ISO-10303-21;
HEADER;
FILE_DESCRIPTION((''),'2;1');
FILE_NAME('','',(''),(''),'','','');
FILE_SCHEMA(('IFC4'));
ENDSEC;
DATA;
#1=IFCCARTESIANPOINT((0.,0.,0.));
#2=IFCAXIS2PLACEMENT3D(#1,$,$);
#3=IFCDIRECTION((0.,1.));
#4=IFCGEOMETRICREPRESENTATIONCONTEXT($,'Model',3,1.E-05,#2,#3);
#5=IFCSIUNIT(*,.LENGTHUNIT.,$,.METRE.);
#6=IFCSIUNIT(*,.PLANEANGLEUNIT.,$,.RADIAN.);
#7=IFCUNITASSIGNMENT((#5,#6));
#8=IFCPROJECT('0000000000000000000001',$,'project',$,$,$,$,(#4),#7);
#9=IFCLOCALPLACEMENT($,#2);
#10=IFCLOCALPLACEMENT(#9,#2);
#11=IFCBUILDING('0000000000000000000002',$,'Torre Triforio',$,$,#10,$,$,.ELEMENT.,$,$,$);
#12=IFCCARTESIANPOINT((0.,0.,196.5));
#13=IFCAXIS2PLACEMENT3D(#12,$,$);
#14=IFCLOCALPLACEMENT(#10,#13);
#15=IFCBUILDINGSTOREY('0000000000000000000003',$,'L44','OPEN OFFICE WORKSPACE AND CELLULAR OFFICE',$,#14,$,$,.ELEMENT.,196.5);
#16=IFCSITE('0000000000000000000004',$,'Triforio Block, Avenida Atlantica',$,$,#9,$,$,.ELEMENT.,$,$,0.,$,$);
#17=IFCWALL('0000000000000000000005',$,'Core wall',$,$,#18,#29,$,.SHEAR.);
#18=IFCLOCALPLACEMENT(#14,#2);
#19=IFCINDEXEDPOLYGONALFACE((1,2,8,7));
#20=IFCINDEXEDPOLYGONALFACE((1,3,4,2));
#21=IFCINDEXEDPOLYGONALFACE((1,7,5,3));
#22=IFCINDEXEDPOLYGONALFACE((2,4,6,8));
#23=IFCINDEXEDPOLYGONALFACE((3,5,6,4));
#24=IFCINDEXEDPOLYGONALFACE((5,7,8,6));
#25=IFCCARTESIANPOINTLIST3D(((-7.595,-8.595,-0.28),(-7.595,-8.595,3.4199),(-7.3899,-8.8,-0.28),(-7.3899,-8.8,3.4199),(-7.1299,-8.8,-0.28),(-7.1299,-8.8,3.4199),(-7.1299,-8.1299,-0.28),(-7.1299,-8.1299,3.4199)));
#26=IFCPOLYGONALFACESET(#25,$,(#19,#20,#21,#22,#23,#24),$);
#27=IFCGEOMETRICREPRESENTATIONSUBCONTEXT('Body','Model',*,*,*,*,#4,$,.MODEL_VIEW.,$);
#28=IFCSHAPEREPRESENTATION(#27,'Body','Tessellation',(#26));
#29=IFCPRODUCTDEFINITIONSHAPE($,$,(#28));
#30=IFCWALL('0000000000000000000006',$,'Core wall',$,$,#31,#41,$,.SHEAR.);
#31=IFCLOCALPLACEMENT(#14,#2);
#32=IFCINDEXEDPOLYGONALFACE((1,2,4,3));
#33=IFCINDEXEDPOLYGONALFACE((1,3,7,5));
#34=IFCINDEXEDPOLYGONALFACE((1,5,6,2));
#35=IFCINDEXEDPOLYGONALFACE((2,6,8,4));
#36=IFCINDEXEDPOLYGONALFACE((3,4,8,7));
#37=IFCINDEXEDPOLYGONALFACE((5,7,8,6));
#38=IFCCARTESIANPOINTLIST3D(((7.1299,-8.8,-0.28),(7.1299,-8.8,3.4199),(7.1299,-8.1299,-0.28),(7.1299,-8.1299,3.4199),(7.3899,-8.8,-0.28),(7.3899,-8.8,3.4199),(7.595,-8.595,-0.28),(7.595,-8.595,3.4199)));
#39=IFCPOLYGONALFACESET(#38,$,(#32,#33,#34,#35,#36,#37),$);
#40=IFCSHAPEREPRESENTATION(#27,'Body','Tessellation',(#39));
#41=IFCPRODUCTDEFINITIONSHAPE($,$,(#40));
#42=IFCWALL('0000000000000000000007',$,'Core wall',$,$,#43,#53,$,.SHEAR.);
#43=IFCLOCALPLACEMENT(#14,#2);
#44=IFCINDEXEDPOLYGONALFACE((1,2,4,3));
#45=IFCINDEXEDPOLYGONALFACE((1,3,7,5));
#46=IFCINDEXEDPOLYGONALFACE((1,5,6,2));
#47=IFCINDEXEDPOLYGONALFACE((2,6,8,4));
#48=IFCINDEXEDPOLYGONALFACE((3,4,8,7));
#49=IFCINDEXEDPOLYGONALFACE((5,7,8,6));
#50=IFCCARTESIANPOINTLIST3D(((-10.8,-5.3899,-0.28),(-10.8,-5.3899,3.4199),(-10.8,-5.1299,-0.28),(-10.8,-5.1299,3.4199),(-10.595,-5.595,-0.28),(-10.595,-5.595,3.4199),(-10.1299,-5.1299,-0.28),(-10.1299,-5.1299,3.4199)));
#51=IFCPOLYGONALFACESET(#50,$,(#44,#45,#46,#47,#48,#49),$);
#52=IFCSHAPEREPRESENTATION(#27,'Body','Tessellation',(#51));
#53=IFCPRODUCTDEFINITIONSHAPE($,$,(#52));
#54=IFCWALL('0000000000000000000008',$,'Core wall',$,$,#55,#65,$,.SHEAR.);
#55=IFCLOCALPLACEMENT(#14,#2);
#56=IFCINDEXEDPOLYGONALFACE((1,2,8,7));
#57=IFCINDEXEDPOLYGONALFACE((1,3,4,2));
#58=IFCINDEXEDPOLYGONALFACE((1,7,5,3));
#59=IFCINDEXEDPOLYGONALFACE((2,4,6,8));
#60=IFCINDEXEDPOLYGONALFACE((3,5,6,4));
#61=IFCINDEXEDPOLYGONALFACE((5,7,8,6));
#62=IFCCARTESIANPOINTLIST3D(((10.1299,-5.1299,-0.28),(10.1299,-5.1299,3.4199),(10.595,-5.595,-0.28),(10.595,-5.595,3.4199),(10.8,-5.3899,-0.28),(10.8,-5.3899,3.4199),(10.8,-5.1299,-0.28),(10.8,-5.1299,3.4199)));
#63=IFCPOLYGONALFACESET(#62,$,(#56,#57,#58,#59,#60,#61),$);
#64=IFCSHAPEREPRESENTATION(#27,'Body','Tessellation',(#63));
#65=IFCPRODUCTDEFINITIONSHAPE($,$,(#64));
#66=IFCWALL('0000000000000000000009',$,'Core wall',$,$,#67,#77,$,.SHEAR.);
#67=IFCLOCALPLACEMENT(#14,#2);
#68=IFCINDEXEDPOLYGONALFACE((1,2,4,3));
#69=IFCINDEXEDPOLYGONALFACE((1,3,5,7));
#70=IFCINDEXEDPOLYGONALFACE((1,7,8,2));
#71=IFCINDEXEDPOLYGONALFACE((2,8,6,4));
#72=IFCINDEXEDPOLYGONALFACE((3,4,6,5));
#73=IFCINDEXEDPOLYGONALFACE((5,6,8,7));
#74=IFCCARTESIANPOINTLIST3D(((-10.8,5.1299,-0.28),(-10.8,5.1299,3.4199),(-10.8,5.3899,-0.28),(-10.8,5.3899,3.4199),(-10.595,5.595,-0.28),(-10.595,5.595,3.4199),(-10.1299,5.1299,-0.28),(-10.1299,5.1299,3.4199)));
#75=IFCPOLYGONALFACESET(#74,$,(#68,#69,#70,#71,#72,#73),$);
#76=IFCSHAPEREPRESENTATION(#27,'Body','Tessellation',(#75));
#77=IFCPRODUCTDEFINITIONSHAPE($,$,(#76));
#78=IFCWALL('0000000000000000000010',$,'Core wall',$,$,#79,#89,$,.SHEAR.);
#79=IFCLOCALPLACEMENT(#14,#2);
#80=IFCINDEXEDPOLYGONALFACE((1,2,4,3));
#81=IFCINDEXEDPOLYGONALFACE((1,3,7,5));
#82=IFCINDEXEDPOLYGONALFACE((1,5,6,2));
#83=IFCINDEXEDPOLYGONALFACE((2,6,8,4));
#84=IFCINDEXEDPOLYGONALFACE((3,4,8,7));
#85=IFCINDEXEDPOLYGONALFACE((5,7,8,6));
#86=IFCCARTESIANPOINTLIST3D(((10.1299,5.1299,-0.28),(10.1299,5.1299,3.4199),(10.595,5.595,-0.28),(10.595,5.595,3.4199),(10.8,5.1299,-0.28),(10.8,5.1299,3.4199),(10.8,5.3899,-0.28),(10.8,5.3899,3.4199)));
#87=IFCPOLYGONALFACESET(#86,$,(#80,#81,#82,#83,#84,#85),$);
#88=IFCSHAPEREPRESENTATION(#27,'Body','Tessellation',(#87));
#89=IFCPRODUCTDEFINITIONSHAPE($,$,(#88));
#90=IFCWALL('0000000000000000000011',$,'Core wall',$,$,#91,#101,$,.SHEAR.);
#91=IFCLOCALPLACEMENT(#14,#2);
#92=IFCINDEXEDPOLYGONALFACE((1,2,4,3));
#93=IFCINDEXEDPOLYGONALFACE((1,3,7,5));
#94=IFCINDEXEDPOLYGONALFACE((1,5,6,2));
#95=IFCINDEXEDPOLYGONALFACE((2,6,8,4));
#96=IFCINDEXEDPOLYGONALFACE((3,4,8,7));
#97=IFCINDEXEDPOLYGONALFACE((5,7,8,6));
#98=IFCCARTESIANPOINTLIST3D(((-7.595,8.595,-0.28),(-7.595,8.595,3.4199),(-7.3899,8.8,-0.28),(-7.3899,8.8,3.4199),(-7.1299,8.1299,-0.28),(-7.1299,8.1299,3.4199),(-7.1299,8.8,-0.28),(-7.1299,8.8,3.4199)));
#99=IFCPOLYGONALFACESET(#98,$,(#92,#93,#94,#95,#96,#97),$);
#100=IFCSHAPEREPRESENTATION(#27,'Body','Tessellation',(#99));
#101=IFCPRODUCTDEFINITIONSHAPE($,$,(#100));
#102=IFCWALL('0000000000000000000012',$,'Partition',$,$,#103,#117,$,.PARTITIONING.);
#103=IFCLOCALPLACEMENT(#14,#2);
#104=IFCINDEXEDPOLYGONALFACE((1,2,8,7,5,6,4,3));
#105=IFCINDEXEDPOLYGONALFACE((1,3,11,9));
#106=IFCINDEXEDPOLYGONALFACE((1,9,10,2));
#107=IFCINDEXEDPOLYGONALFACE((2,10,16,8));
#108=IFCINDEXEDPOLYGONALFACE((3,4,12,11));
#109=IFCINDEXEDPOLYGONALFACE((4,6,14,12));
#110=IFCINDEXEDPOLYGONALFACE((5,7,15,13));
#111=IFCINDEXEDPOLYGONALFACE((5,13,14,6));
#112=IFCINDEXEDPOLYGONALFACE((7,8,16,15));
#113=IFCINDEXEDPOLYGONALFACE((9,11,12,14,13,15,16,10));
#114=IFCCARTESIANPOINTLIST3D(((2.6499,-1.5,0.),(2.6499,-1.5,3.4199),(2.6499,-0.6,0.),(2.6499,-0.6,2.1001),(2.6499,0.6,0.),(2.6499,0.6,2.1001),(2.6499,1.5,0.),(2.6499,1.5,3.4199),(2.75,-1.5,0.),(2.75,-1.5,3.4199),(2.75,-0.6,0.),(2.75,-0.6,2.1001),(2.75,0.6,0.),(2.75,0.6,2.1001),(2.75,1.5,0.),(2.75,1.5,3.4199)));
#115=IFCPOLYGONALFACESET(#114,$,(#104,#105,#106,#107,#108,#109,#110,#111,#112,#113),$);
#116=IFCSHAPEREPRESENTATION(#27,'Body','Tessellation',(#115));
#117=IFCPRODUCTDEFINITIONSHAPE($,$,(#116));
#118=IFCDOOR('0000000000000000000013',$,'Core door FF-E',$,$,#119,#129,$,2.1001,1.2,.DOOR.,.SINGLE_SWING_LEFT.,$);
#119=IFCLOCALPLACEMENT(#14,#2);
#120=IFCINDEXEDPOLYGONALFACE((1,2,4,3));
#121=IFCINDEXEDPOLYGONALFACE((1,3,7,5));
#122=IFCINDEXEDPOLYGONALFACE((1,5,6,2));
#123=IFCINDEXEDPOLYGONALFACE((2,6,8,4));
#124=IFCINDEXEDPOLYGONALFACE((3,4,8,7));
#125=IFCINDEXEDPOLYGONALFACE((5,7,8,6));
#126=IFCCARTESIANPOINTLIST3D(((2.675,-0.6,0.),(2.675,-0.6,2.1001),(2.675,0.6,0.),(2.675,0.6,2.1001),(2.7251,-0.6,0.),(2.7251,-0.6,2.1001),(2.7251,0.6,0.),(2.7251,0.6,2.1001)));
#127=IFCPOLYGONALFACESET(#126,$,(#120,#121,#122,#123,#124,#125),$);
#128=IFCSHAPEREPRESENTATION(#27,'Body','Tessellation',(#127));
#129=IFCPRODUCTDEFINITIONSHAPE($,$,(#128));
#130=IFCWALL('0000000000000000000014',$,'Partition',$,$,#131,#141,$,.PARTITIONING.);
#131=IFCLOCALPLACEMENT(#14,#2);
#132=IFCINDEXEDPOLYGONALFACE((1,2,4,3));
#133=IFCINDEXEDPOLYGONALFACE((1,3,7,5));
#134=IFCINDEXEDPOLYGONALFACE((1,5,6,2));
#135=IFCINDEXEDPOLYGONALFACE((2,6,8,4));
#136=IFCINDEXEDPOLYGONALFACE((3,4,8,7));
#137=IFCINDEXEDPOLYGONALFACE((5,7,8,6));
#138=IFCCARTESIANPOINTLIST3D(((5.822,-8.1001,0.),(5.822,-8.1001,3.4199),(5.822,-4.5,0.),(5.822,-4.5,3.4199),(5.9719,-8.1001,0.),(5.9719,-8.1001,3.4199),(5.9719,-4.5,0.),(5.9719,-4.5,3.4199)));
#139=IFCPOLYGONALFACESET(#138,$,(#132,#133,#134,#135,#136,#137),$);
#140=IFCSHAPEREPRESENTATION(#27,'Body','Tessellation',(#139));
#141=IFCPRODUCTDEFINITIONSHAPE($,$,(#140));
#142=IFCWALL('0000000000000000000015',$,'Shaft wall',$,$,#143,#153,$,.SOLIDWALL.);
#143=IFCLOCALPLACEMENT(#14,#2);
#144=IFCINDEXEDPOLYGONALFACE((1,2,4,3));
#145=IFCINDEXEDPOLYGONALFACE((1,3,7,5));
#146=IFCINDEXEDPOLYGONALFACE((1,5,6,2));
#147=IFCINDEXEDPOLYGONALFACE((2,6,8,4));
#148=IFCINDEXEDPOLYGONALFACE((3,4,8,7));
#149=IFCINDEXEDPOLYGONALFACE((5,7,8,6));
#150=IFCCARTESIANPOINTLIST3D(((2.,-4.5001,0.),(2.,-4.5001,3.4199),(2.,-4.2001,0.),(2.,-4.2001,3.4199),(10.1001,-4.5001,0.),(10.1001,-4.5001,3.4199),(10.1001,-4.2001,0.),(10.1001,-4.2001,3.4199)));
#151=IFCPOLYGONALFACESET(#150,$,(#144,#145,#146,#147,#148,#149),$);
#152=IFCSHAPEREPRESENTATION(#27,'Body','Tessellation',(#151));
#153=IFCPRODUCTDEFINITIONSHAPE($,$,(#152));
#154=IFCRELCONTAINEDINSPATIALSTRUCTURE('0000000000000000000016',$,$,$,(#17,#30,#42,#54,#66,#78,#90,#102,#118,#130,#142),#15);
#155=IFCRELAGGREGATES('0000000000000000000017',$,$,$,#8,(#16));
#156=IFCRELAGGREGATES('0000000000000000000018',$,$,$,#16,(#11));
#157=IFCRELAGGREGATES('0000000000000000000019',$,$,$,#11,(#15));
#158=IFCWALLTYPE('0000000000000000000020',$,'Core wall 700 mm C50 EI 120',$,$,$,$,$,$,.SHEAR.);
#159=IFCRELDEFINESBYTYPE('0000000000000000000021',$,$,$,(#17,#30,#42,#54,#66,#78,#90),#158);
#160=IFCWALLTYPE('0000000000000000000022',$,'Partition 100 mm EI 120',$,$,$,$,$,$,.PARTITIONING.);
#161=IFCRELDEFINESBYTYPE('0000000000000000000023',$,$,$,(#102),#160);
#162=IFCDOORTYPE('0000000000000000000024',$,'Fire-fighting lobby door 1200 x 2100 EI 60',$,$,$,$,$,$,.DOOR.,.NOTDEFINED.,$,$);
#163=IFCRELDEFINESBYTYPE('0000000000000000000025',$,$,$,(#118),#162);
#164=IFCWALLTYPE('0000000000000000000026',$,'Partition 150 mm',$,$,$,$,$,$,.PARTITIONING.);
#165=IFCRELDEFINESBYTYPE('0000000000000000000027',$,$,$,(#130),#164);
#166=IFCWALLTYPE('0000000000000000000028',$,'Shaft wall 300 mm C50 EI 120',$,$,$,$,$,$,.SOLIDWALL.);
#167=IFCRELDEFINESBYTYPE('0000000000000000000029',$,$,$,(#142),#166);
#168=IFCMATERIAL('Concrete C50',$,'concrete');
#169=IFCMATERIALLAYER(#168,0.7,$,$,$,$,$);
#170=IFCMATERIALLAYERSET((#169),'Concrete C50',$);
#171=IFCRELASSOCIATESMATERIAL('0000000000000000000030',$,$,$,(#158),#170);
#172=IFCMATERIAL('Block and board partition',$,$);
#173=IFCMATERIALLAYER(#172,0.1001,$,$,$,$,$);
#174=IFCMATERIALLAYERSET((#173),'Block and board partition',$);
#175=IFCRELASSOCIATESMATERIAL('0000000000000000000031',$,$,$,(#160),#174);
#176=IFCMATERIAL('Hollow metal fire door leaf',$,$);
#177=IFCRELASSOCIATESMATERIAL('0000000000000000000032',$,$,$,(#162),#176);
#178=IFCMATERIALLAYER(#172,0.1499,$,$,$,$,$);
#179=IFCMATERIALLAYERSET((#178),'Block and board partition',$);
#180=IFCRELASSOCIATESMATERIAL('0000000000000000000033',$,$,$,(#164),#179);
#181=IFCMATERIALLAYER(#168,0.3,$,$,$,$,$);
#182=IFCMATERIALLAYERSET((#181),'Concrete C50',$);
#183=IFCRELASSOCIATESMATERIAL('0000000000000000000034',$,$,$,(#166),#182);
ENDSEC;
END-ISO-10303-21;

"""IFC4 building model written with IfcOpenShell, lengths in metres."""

from ifc_helpers import new_model, si_unit, direction, frame, frame_2d, origin, place, context, subcontext, project, spatial, polyline, rectangle, outline, extrude, material, layer, layer_set, type_object, element, fill, save


model = new_model("IFC4")

# Units and contexts
model_context = context("Model", 3, precision=1e-05, world=origin(), true_north=direction((0.0, 1.0)))
body_context = subcontext(model_context, "Body", "Model", "MODEL_VIEW")
ifc_project = project(units=[si_unit("LENGTHUNIT", "METRE"), si_unit("PLANEANGLEUNIT", "RADIAN")], contexts=[model_context])

# Site, building, storey
site_placement = place(None, origin())
site = spatial("IfcSite", under=ifc_project, at=site_placement, Name="Triforio Block, Avenida Atlantica", CompositionType="ELEMENT", RefElevation=0.0)
building_placement = place(site_placement, origin())
building = spatial("IfcBuilding", under=site, at=building_placement, Name="Torre Triforio", CompositionType="ELEMENT")
storey_placement = place(building_placement, frame((0.0, 0.0, 196.5)))
storey = spatial("IfcBuildingStorey", under=building, at=storey_placement, Name="L44", Description="OPEN OFFICE WORKSPACE AND CELLULAR OFFICE", CompositionType="ELEMENT", Elevation=196.5)

# Walls
ifc_material_1 = material(Name="Concrete C50", Category="concrete")
ifc_layer_1 = layer(ifc_material_1, 0.7)
ifc_layer_set_1 = layer_set([ifc_layer_1], Name="Concrete C50")
wall_type_1 = type_object("IfcWallType", Name="Core wall 700 mm C50 EI 120", PredefinedType="SHEAR", material=ifc_layer_set_1)
wall_1_placement = place(storey_placement, frame((0.0, 0.0, -0.28)))
element("IfcWall", 1, at=wall_1_placement, inside=storey, type_object=wall_type_1, Name="Core wall", PredefinedType="SHEAR", context=body_context, shape_type="SweptSolid", body=[
    extrude(outline(polyline([(-7.3899, -8.8), (-7.595, -8.595), (-7.595, -8.595), (-7.595, -8.595), (-7.1299, -8.1299), (-7.1299, -8.8), (-7.1299, -8.8), (-7.3899, -8.8)])), origin(), (0.0, 0.0, 1.0), 3.7),
])
wall_2_placement = place(storey_placement, frame((0.0, 0.0, -0.28)))
element("IfcWall", 2, at=wall_2_placement, inside=storey, type_object=wall_type_1, Name="Core wall", PredefinedType="SHEAR", context=body_context, shape_type="SweptSolid", body=[
    extrude(outline(polyline([(7.3899, -8.8), (7.1299, -8.8), (7.1299, -8.8), (7.1299, -8.1299), (7.595, -8.595), (7.595, -8.595), (7.595, -8.595), (7.3899, -8.8)])), origin(), (0.0, 0.0, 1.0), 3.7),
])
wall_3_placement = place(storey_placement, frame((0.0, 0.0, -0.28)))
element("IfcWall", 3, at=wall_3_placement, inside=storey, type_object=wall_type_1, Name="Core wall", PredefinedType="SHEAR", context=body_context, shape_type="SweptSolid", body=[
    extrude(outline(polyline([(-10.8, -5.3899), (-10.8, -5.1299), (-10.8, -5.1299), (-10.1299, -5.1299), (-10.595, -5.595), (-10.595, -5.595), (-10.595, -5.595), (-10.8, -5.3899)])), origin(), (0.0, 0.0, 1.0), 3.7),
])
wall_4_placement = place(storey_placement, frame((0.0, 0.0, -0.28)))
element("IfcWall", 4, at=wall_4_placement, inside=storey, type_object=wall_type_1, Name="Core wall", PredefinedType="SHEAR", context=body_context, shape_type="SweptSolid", body=[
    extrude(outline(polyline([(10.8, -5.3899), (10.595, -5.595), (10.595, -5.595), (10.595, -5.595), (10.1299, -5.1299), (10.8, -5.1299), (10.8, -5.1299), (10.8, -5.3899)])), origin(), (0.0, 0.0, 1.0), 3.7),
])
wall_5_placement = place(storey_placement, frame((0.0, 0.0, -0.28)))
element("IfcWall", 5, at=wall_5_placement, inside=storey, type_object=wall_type_1, Name="Core wall", PredefinedType="SHEAR", context=body_context, shape_type="SweptSolid", body=[
    extrude(outline(polyline([(-10.595, 5.595), (-10.595, 5.595), (-10.595, 5.595), (-10.1299, 5.1299), (-10.8, 5.1299), (-10.8, 5.1299), (-10.8, 5.3899), (-10.595, 5.595)])), origin(), (0.0, 0.0, 1.0), 3.7),
])
wall_6_placement = place(storey_placement, frame((0.0, 0.0, -0.28)))
element("IfcWall", 6, at=wall_6_placement, inside=storey, type_object=wall_type_1, Name="Core wall", PredefinedType="SHEAR", context=body_context, shape_type="SweptSolid", body=[
    extrude(outline(polyline([(10.8, 5.3899), (10.8, 5.1299), (10.8, 5.1299), (10.1299, 5.1299), (10.595, 5.595), (10.595, 5.595), (10.595, 5.595), (10.8, 5.3899)])), origin(), (0.0, 0.0, 1.0), 3.7),
])
wall_7_placement = place(storey_placement, frame((0.0, 0.0, -0.28)))
element("IfcWall", 7, at=wall_7_placement, inside=storey, type_object=wall_type_1, Name="Core wall", PredefinedType="SHEAR", context=body_context, shape_type="SweptSolid", body=[
    extrude(outline(polyline([(-7.3899, 8.8), (-7.1299, 8.8), (-7.1299, 8.8), (-7.1299, 8.1299), (-7.595, 8.595), (-7.595, 8.595), (-7.595, 8.595), (-7.3899, 8.8)])), origin(), (0.0, 0.0, 1.0), 3.7),
])

# Wall, opening, door
ifc_material_2 = material(Name="Block and board partition")
ifc_layer_2 = layer(ifc_material_2, 0.1001)
ifc_layer_set_2 = layer_set([ifc_layer_2], Name="Block and board partition")
wall_type_2 = type_object("IfcWallType", Name="Partition 100 mm EI 120", PredefinedType="PARTITIONING", material=ifc_layer_set_2)
wall_8_placement = place(storey_placement, frame((2.7, -1.5, 0.0), z_axis=(0.0, 0.0, 1.0), x_axis=(0.0, 1.0, 0.0)))
wall_8 = element("IfcWall", 8, at=wall_8_placement, inside=storey, type_object=wall_type_2, Name="Partition", PredefinedType="PARTITIONING", context=body_context, shape_type="SweptSolid", body=[
    extrude(rectangle(XDim=3.0, YDim=0.1001, at=frame_2d((1.5, 0.0))), origin(), (0.0, 0.0, 1.0), 3.4199),
])
opening_1_placement = place(wall_8_placement, frame((0.8999, 0.0, 0.0)))
opening_1 = element("IfcOpeningElement", 9, at=opening_1_placement, cuts=wall_8, PredefinedType="OPENING", context=body_context, shape_type="SweptSolid", body=[
    extrude(rectangle(XDim=1.2, YDim=2.1001, at=frame_2d((0.6001, 1.05))), frame((0.0, 0.0601, 0.0), z_axis=(0.0, -1.0, 0.0), x_axis=(1.0, 0.0, 0.0)), (0.0, 0.0, 1.0), 0.1201),
])
ifc_material_3 = material(Name="Hollow metal fire door leaf")
door_type_1 = type_object("IfcDoorType", Name="Fire-fighting lobby door 1200 x 2100 EI 60", OperationType="NOTDEFINED", PredefinedType="DOOR", material=ifc_material_3)
door_1_placement = place(opening_1_placement, origin())
door_1 = element("IfcDoor", 10, at=door_1_placement, inside=storey, type_object=door_type_1, Name="Core door FF-E", OperationType="SINGLE_SWING_LEFT", OverallHeight=2.1001, OverallWidth=1.2, PredefinedType="DOOR", context=body_context, shape_type="SweptSolid", body=[
    extrude(rectangle(XDim=1.2, YDim=2.1001, at=frame_2d((0.6001, 1.05))), frame((0.0, 0.0249, 0.0), z_axis=(0.0, -1.0, 0.0), x_axis=(1.0, 0.0, 0.0)), (0.0, 0.0, 1.0), 0.05),
])
fill(opening_1, door_1)

# Walls
ifc_layer_3 = layer(ifc_material_2, 0.1499)
ifc_layer_set_3 = layer_set([ifc_layer_3], Name="Block and board partition")
wall_type_3 = type_object("IfcWallType", Name="Partition 150 mm", PredefinedType="PARTITIONING", material=ifc_layer_set_3)
wall_9_placement = place(storey_placement, frame((5.897, -8.1001, 0.0), z_axis=(0.0, 0.0, 1.0), x_axis=(0.0, 1.0, 0.0)))
element("IfcWall", 11, at=wall_9_placement, inside=storey, type_object=wall_type_3, Name="Partition", PredefinedType="PARTITIONING", context=body_context, shape_type="SweptSolid", body=[
    extrude(rectangle(XDim=3.6001, YDim=0.1499, at=frame_2d((1.8, 0.0))), origin(), (0.0, 0.0, 1.0), 3.4199),
])
ifc_layer_4 = layer(ifc_material_1, 0.3)
ifc_layer_set_4 = layer_set([ifc_layer_4], Name="Concrete C50")
wall_type_4 = type_object("IfcWallType", Name="Shaft wall 300 mm C50 EI 120", PredefinedType="SOLIDWALL", material=ifc_layer_set_4)
wall_10_placement = place(storey_placement, frame((2.0, -4.3501, 0.0), z_axis=(0.0, 0.0, 1.0), x_axis=(1.0, 0.0, 0.0)))
element("IfcWall", 12, at=wall_10_placement, inside=storey, type_object=wall_type_4, Name="Shaft wall", PredefinedType="SOLIDWALL", context=body_context, shape_type="SweptSolid", body=[
    extrude(rectangle(XDim=8.1001, YDim=0.3, at=frame_2d((4.05, 0.0))), origin(), (0.0, 0.0, 1.0), 3.4199),
])

save(model, "model.ifc")
